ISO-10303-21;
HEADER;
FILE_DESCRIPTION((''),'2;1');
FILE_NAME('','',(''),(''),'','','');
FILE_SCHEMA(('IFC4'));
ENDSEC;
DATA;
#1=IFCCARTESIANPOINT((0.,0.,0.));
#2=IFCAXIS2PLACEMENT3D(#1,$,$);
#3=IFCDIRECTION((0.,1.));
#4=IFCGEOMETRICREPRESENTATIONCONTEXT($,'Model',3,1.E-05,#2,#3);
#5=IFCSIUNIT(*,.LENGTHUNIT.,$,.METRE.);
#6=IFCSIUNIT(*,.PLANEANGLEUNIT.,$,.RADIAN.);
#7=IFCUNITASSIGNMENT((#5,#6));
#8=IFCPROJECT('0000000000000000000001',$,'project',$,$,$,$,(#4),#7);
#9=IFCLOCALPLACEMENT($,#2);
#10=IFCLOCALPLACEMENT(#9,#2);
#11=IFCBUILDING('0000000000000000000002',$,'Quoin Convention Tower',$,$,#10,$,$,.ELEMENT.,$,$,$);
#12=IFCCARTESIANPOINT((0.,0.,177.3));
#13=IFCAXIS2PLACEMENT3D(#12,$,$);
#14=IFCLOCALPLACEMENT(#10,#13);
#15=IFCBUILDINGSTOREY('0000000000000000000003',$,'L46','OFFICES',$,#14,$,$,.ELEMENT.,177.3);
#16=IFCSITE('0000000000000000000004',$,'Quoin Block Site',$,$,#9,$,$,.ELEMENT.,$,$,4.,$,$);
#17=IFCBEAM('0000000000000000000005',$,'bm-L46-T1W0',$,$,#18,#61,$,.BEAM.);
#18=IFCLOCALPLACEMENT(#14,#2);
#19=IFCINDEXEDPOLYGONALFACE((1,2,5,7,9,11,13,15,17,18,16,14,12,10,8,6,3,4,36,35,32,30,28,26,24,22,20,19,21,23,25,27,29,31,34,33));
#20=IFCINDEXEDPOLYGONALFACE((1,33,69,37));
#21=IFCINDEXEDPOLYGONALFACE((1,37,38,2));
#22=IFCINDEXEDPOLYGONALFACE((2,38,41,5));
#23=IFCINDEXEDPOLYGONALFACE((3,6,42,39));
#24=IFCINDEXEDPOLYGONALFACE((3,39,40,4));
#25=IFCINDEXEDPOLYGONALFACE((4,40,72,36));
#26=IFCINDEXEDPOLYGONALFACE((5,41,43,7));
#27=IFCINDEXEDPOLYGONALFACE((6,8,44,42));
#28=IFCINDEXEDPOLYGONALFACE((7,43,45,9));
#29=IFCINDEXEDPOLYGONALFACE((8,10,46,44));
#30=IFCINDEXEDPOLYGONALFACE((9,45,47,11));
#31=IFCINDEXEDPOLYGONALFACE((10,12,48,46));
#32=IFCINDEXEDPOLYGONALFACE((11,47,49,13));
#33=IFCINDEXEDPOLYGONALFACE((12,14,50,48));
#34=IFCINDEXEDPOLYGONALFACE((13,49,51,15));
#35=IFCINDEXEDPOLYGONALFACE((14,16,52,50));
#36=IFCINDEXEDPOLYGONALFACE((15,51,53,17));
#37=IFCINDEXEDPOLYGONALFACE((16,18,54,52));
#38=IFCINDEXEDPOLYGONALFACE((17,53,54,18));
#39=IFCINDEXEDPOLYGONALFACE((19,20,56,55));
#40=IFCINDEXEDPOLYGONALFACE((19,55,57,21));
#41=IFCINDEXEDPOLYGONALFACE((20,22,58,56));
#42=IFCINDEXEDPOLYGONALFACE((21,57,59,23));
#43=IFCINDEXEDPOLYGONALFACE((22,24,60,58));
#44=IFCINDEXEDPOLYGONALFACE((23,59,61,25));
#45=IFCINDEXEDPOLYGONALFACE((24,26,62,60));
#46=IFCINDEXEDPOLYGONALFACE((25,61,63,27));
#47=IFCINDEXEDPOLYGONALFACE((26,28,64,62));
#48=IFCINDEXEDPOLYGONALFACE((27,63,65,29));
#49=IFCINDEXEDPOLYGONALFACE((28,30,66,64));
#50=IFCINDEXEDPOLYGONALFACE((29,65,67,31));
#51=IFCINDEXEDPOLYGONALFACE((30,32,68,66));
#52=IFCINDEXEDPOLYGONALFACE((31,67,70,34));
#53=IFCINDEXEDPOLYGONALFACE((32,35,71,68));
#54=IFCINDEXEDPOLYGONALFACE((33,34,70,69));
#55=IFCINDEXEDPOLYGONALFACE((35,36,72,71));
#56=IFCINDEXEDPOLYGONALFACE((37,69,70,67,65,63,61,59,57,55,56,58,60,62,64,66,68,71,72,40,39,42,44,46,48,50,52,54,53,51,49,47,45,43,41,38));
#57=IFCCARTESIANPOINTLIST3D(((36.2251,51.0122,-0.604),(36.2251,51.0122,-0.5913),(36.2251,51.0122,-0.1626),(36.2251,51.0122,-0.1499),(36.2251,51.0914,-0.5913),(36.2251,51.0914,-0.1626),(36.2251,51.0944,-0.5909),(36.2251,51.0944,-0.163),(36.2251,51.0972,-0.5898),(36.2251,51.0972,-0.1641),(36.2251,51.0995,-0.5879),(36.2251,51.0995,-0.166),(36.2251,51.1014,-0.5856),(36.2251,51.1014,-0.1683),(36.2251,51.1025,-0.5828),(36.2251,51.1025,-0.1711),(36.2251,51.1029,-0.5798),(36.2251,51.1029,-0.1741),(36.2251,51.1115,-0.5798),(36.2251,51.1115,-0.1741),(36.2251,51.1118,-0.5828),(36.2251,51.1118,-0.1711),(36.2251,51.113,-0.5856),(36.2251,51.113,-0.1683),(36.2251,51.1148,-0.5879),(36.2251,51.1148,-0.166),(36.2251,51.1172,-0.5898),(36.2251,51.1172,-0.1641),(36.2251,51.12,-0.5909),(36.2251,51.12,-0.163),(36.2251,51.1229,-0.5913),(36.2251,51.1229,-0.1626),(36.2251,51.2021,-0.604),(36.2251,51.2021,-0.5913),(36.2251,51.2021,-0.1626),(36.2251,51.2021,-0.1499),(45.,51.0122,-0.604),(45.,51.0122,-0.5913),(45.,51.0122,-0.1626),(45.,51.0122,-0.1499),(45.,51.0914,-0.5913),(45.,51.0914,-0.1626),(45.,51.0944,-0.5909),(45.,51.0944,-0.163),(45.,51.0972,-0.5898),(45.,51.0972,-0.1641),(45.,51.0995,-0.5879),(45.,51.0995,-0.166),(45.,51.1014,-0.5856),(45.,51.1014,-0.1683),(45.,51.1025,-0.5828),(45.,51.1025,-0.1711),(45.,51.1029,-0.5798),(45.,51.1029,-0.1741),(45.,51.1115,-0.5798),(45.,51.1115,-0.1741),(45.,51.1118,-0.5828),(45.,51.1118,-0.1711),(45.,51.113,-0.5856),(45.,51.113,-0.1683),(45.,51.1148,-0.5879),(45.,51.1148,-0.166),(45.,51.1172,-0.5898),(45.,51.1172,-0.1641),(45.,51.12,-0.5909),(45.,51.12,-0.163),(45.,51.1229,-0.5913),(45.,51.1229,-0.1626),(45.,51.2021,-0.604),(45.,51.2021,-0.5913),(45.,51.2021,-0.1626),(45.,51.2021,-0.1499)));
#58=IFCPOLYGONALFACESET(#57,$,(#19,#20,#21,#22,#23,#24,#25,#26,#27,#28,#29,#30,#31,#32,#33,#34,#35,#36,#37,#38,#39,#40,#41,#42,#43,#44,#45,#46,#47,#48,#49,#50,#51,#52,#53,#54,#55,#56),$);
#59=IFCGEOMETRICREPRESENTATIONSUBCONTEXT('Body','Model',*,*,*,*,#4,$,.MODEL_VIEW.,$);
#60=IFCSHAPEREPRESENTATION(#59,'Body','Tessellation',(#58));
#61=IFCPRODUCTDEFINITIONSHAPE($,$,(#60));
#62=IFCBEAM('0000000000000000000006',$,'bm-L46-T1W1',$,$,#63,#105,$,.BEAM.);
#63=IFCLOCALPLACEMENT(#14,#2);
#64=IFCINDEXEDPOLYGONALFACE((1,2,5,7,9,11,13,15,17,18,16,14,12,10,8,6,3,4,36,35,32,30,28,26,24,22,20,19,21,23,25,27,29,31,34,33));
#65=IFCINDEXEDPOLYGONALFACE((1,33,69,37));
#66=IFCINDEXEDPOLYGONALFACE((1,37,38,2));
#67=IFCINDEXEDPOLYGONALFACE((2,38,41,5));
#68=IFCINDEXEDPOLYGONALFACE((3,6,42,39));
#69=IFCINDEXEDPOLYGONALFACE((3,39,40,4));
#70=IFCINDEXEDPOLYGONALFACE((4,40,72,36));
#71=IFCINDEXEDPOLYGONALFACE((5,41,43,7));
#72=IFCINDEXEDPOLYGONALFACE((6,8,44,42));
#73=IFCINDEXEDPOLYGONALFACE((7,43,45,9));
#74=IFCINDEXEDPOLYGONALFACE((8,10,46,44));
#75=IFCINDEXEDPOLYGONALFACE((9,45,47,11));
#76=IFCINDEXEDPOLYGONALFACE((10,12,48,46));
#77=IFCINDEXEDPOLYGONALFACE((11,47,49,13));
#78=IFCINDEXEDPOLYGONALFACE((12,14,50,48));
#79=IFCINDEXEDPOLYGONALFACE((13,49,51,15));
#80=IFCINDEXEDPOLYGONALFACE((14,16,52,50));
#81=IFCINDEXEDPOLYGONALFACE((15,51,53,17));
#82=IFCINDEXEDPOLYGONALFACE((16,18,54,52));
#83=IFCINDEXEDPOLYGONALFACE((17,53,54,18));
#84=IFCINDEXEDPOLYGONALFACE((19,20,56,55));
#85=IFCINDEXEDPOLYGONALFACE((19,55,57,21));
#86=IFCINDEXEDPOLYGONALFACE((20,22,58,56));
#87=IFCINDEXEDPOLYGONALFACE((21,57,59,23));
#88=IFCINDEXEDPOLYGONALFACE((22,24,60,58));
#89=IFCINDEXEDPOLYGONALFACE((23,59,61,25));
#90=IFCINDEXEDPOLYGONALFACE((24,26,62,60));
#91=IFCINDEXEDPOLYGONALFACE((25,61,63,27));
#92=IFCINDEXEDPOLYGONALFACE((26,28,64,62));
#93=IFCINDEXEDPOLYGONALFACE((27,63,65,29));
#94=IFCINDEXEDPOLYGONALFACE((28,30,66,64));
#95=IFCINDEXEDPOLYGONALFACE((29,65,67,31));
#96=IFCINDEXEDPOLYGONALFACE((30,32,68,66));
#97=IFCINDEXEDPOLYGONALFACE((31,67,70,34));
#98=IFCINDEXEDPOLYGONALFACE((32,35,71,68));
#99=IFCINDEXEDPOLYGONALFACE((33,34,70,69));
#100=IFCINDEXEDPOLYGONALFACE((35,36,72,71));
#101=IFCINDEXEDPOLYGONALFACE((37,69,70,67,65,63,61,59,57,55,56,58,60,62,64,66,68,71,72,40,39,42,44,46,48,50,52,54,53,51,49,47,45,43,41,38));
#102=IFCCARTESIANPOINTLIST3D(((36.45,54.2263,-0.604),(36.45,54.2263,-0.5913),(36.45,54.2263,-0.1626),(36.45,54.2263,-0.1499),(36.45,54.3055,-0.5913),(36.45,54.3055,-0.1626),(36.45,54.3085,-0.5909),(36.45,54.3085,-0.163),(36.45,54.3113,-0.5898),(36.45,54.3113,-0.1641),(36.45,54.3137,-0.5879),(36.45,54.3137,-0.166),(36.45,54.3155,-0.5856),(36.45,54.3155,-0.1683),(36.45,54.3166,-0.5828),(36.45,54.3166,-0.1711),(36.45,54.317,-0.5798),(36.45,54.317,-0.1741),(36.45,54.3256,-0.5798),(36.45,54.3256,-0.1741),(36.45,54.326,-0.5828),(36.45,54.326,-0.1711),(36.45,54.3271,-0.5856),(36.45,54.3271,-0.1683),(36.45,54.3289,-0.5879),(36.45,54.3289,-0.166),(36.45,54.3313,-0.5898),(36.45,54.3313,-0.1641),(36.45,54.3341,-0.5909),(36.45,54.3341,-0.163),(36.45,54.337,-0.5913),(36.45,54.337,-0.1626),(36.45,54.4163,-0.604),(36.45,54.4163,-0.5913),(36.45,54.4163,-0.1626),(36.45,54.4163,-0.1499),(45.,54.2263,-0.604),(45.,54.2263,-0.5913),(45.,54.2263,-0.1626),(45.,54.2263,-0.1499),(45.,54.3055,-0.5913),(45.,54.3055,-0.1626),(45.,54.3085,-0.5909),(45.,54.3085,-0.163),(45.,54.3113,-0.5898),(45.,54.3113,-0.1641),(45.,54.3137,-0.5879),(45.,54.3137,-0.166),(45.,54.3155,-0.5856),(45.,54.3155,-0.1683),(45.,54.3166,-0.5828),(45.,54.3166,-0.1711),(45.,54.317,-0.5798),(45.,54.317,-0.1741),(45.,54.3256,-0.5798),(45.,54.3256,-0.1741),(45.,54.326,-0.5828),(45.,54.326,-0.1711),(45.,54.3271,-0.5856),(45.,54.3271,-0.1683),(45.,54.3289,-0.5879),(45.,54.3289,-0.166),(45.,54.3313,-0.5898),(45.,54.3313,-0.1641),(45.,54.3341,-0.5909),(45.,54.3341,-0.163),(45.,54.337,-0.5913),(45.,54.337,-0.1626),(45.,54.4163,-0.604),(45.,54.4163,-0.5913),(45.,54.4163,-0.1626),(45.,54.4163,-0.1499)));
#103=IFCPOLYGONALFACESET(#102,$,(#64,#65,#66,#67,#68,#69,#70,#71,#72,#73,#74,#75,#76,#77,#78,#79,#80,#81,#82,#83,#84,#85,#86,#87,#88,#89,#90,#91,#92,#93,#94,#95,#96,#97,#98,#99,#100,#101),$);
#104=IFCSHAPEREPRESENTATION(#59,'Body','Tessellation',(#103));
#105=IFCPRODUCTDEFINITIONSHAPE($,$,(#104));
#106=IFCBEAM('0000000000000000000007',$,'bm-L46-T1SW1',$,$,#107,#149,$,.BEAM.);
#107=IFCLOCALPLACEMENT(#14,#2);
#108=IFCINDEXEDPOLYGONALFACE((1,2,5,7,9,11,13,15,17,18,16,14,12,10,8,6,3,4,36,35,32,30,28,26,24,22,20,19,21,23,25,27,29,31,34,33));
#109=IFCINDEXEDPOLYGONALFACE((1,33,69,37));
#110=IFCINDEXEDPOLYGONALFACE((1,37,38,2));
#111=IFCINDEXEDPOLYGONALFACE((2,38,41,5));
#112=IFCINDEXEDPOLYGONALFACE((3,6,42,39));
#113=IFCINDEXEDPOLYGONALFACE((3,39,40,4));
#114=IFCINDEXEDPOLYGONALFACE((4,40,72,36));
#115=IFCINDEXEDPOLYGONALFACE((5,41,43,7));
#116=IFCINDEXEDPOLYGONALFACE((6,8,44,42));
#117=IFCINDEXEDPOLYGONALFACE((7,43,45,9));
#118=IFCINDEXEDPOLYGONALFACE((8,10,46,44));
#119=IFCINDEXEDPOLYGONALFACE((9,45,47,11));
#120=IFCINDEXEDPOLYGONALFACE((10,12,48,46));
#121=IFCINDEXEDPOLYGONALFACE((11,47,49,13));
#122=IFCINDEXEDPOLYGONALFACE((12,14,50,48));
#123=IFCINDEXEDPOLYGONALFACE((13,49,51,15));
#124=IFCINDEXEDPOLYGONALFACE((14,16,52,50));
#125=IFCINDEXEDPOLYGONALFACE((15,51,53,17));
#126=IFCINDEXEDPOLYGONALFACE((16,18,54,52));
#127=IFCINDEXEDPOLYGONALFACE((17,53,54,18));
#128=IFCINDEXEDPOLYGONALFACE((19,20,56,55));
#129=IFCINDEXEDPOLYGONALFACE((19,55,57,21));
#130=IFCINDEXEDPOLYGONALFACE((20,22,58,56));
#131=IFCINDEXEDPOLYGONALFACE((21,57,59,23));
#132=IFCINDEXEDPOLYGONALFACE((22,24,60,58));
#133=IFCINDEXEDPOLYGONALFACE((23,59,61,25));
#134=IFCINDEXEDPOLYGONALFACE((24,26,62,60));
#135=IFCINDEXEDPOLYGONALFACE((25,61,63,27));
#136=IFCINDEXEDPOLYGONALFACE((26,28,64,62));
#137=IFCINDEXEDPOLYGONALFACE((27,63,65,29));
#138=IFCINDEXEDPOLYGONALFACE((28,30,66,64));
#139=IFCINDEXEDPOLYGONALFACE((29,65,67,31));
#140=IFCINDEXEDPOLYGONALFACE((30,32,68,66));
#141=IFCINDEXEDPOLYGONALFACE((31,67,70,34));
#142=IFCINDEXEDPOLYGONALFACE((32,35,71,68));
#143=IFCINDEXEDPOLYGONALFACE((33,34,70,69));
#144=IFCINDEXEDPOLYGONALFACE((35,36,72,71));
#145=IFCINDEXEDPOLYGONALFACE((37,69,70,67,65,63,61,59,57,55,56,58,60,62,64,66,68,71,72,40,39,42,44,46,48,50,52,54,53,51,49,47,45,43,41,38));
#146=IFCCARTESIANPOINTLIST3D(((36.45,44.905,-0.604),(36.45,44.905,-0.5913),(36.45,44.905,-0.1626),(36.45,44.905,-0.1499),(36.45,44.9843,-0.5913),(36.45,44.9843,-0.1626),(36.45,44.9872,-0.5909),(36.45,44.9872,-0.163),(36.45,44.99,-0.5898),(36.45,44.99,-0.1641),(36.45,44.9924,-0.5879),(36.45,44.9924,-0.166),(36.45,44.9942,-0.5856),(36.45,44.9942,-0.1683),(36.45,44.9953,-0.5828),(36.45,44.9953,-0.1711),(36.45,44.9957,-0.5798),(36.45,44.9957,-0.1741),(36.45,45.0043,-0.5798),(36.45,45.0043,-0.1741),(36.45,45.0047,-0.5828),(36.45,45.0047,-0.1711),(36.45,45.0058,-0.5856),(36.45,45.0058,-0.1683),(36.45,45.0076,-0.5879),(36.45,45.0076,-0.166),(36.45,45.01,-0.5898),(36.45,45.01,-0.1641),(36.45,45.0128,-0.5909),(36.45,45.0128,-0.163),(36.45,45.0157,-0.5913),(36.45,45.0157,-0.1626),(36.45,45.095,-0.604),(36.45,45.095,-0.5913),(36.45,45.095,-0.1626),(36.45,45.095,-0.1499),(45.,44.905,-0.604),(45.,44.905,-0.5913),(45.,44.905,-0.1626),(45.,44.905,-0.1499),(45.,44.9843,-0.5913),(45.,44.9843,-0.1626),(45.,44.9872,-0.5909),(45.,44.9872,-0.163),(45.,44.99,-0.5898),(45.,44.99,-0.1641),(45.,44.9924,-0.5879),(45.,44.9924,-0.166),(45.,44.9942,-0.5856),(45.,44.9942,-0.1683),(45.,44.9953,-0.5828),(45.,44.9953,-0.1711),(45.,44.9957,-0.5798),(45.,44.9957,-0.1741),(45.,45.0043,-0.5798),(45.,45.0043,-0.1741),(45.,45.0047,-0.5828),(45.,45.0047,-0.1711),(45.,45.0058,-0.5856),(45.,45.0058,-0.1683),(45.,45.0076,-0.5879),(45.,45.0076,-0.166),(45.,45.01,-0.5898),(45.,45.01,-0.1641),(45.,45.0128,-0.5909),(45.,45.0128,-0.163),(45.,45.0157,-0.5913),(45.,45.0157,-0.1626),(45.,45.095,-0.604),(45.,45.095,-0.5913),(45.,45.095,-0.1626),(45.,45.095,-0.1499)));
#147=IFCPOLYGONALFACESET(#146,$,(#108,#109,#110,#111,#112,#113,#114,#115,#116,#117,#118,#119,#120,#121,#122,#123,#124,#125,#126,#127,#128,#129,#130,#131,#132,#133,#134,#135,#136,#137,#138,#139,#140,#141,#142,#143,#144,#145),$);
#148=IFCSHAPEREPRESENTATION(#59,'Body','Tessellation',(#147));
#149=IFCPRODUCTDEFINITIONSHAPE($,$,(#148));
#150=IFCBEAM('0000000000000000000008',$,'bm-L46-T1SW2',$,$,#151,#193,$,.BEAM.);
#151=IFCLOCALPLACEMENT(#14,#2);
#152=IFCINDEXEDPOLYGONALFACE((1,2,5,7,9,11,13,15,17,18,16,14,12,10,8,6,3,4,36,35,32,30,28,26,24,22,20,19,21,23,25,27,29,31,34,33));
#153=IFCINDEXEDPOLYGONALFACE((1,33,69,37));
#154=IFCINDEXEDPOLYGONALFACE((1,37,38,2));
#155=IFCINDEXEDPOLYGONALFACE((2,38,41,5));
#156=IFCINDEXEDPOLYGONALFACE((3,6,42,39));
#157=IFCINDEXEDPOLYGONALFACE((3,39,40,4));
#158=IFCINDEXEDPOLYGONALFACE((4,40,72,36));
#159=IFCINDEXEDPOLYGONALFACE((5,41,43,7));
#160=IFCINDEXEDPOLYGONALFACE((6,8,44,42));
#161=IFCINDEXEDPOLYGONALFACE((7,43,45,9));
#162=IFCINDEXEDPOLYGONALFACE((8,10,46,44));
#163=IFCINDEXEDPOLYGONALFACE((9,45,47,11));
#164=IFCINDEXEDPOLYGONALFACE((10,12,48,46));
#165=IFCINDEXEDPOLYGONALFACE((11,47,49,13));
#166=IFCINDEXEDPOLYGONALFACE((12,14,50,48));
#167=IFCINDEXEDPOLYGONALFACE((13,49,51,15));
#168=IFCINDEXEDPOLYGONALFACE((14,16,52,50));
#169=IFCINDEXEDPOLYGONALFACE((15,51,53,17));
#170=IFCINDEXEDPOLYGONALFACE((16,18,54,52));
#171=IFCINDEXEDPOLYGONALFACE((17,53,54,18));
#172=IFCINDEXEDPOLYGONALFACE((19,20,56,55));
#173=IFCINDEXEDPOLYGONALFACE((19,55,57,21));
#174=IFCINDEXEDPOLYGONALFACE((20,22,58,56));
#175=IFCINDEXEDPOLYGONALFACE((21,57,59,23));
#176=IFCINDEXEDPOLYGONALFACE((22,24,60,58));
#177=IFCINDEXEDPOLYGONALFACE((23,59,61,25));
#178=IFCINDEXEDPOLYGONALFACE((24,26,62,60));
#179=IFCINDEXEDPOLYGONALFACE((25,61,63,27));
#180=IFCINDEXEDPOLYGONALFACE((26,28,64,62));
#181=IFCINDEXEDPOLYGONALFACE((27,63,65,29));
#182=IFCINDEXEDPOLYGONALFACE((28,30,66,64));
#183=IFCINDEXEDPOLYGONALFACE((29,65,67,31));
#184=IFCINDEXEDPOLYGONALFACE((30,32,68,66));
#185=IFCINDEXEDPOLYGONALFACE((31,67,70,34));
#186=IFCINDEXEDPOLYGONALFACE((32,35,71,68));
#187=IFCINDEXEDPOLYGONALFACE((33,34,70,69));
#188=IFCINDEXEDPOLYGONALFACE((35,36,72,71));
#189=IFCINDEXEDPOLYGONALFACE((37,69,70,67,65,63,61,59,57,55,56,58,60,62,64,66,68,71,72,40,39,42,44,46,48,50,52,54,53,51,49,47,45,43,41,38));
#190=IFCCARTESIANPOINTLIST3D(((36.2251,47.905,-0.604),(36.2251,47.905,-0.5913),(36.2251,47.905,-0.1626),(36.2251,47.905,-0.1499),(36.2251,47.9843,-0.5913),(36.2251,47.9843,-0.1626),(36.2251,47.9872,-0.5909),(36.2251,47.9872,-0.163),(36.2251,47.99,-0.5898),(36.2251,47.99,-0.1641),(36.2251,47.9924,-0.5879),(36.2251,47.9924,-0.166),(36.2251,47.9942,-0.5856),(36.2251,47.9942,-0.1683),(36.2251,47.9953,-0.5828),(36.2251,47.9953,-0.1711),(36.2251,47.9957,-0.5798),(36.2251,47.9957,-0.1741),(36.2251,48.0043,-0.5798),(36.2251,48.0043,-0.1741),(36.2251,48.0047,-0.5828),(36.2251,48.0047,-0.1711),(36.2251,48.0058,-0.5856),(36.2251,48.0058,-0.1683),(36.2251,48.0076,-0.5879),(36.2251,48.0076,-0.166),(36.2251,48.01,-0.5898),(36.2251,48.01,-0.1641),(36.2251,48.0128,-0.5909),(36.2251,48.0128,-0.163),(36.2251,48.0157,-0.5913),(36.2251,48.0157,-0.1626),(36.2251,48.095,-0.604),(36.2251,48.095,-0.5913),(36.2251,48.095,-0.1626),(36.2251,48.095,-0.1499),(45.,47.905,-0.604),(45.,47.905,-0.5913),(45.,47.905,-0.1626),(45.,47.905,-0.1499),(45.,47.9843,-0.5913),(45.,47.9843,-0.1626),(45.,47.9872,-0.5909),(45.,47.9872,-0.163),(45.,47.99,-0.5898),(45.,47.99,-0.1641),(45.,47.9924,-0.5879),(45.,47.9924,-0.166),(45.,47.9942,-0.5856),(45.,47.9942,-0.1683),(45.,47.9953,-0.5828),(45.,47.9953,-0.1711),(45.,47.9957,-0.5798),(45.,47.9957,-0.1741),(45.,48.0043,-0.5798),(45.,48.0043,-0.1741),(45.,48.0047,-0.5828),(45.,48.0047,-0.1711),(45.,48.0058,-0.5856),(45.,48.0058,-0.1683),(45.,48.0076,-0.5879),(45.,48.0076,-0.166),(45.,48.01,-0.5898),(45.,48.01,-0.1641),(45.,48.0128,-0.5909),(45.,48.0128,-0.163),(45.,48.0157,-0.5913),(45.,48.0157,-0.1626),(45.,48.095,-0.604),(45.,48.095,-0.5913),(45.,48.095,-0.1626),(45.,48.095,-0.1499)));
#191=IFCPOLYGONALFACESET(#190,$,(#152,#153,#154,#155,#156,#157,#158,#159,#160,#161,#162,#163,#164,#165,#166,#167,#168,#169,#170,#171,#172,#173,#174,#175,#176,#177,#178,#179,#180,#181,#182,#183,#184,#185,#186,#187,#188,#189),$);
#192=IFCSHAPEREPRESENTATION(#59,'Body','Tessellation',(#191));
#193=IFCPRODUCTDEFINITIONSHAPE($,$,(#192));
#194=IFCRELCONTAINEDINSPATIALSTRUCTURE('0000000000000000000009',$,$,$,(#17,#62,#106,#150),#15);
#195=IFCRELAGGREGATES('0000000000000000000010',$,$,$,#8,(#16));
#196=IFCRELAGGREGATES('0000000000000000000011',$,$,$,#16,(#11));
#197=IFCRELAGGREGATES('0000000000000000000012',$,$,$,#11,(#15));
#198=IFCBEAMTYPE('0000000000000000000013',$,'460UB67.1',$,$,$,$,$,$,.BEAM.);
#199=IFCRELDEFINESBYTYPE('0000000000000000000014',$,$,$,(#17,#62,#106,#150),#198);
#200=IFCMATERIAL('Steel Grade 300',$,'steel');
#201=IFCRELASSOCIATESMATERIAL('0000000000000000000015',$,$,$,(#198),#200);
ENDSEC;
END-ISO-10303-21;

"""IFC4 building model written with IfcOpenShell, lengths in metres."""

from ifc_helpers import new_model, si_unit, direction, frame, origin, origin_2d, place, context, subcontext, project, spatial, i_section, extrude, material, material_profile, profile_set, type_object, element, save


model = new_model("IFC4")

# Units and contexts
model_context = context("Model", 3, precision=1e-05, world=origin(), true_north=direction((0.0, 1.0)))
body_context = subcontext(model_context, "Body", "Model", "MODEL_VIEW")
ifc_project = project(units=[si_unit("LENGTHUNIT", "METRE"), si_unit("PLANEANGLEUNIT", "RADIAN")], contexts=[model_context])

# Site, building, storey
site_placement = place(None, origin())
site = spatial("IfcSite", under=ifc_project, at=site_placement, Name="Quoin Block Site", CompositionType="ELEMENT", RefElevation=4.0)
building_placement = place(site_placement, origin())
building = spatial("IfcBuilding", under=site, at=building_placement, Name="Quoin Convention Tower", CompositionType="ELEMENT")
storey_placement = place(building_placement, frame((0.0, 0.0, 177.3)))
storey = spatial("IfcBuildingStorey", under=building, at=storey_placement, Name="L46", Description="OFFICES", CompositionType="ELEMENT", Elevation=177.3)

# Beams
ifc_material_1 = material(Name="Steel Grade 300", Category="steel")
ifc_material_profile = material_profile(ifc_material_1, i_section(OverallWidth=0.1899, OverallDepth=0.4541, WebThickness=0.0085, FlangeThickness=0.0127, FilletRadius=0.0115, at=origin_2d()), Name="460UB67.1")
ifc_profile_set = profile_set([ifc_material_profile], Name="Steel Grade 300")
beam_type = type_object("IfcBeamType", Name="460UB67.1", PredefinedType="BEAM", material=ifc_profile_set)
beam_1_placement = place(storey_placement, frame((36.2251, 51.1072, -0.377), z_axis=(1.0, 0.0, 0.0), x_axis=(0.0, 1.0, 0.0)))
element("IfcBeam", 1, at=beam_1_placement, inside=storey, type_object=beam_type, Name="bm-L46-T1W0", PredefinedType="BEAM", context=body_context, shape_type="SweptSolid", body=[
    extrude(i_section(OverallWidth=0.1899, OverallDepth=0.4541, WebThickness=0.0085, FlangeThickness=0.0127, FilletRadius=0.0115, at=origin_2d()), origin(), (0.0, 0.0, 1.0), 8.7749),
])
for number, where, z_axis, x_axis, name in (
    (2, (36.45, 54.3213, -0.377), (1.0, 0.0, 0.0), (0.0, 1.0, 0.0), "bm-L46-T1W1"),
    (3, (36.45, 45.0, -0.377), (1.0, 0.0, 0.0), (0.0, 1.0, 0.0), "bm-L46-T1SW1"),
):
    element("IfcBeam", number, at=place(storey_placement, frame(where, z_axis=z_axis, x_axis=x_axis)), inside=storey, type_object=beam_type, Name=name, PredefinedType="BEAM", context=body_context, shape_type="SweptSolid", body=[
        extrude(i_section(OverallWidth=0.1899, OverallDepth=0.4541, WebThickness=0.0085, FlangeThickness=0.0127, FilletRadius=0.0115, at=origin_2d()), origin(), (0.0, 0.0, 1.0), 8.55),
    ])
beam_2_placement = place(storey_placement, frame((36.2251, 48.0, -0.377), z_axis=(1.0, 0.0, 0.0), x_axis=(0.0, 1.0, 0.0)))
element("IfcBeam", 4, at=beam_2_placement, inside=storey, type_object=beam_type, Name="bm-L46-T1SW2", PredefinedType="BEAM", context=body_context, shape_type="SweptSolid", body=[
    extrude(i_section(OverallWidth=0.1899, OverallDepth=0.4541, WebThickness=0.0085, FlangeThickness=0.0127, FilletRadius=0.0115, at=origin_2d()), origin(), (0.0, 0.0, 1.0), 8.7749),
])

save(model, "model.ifc")
